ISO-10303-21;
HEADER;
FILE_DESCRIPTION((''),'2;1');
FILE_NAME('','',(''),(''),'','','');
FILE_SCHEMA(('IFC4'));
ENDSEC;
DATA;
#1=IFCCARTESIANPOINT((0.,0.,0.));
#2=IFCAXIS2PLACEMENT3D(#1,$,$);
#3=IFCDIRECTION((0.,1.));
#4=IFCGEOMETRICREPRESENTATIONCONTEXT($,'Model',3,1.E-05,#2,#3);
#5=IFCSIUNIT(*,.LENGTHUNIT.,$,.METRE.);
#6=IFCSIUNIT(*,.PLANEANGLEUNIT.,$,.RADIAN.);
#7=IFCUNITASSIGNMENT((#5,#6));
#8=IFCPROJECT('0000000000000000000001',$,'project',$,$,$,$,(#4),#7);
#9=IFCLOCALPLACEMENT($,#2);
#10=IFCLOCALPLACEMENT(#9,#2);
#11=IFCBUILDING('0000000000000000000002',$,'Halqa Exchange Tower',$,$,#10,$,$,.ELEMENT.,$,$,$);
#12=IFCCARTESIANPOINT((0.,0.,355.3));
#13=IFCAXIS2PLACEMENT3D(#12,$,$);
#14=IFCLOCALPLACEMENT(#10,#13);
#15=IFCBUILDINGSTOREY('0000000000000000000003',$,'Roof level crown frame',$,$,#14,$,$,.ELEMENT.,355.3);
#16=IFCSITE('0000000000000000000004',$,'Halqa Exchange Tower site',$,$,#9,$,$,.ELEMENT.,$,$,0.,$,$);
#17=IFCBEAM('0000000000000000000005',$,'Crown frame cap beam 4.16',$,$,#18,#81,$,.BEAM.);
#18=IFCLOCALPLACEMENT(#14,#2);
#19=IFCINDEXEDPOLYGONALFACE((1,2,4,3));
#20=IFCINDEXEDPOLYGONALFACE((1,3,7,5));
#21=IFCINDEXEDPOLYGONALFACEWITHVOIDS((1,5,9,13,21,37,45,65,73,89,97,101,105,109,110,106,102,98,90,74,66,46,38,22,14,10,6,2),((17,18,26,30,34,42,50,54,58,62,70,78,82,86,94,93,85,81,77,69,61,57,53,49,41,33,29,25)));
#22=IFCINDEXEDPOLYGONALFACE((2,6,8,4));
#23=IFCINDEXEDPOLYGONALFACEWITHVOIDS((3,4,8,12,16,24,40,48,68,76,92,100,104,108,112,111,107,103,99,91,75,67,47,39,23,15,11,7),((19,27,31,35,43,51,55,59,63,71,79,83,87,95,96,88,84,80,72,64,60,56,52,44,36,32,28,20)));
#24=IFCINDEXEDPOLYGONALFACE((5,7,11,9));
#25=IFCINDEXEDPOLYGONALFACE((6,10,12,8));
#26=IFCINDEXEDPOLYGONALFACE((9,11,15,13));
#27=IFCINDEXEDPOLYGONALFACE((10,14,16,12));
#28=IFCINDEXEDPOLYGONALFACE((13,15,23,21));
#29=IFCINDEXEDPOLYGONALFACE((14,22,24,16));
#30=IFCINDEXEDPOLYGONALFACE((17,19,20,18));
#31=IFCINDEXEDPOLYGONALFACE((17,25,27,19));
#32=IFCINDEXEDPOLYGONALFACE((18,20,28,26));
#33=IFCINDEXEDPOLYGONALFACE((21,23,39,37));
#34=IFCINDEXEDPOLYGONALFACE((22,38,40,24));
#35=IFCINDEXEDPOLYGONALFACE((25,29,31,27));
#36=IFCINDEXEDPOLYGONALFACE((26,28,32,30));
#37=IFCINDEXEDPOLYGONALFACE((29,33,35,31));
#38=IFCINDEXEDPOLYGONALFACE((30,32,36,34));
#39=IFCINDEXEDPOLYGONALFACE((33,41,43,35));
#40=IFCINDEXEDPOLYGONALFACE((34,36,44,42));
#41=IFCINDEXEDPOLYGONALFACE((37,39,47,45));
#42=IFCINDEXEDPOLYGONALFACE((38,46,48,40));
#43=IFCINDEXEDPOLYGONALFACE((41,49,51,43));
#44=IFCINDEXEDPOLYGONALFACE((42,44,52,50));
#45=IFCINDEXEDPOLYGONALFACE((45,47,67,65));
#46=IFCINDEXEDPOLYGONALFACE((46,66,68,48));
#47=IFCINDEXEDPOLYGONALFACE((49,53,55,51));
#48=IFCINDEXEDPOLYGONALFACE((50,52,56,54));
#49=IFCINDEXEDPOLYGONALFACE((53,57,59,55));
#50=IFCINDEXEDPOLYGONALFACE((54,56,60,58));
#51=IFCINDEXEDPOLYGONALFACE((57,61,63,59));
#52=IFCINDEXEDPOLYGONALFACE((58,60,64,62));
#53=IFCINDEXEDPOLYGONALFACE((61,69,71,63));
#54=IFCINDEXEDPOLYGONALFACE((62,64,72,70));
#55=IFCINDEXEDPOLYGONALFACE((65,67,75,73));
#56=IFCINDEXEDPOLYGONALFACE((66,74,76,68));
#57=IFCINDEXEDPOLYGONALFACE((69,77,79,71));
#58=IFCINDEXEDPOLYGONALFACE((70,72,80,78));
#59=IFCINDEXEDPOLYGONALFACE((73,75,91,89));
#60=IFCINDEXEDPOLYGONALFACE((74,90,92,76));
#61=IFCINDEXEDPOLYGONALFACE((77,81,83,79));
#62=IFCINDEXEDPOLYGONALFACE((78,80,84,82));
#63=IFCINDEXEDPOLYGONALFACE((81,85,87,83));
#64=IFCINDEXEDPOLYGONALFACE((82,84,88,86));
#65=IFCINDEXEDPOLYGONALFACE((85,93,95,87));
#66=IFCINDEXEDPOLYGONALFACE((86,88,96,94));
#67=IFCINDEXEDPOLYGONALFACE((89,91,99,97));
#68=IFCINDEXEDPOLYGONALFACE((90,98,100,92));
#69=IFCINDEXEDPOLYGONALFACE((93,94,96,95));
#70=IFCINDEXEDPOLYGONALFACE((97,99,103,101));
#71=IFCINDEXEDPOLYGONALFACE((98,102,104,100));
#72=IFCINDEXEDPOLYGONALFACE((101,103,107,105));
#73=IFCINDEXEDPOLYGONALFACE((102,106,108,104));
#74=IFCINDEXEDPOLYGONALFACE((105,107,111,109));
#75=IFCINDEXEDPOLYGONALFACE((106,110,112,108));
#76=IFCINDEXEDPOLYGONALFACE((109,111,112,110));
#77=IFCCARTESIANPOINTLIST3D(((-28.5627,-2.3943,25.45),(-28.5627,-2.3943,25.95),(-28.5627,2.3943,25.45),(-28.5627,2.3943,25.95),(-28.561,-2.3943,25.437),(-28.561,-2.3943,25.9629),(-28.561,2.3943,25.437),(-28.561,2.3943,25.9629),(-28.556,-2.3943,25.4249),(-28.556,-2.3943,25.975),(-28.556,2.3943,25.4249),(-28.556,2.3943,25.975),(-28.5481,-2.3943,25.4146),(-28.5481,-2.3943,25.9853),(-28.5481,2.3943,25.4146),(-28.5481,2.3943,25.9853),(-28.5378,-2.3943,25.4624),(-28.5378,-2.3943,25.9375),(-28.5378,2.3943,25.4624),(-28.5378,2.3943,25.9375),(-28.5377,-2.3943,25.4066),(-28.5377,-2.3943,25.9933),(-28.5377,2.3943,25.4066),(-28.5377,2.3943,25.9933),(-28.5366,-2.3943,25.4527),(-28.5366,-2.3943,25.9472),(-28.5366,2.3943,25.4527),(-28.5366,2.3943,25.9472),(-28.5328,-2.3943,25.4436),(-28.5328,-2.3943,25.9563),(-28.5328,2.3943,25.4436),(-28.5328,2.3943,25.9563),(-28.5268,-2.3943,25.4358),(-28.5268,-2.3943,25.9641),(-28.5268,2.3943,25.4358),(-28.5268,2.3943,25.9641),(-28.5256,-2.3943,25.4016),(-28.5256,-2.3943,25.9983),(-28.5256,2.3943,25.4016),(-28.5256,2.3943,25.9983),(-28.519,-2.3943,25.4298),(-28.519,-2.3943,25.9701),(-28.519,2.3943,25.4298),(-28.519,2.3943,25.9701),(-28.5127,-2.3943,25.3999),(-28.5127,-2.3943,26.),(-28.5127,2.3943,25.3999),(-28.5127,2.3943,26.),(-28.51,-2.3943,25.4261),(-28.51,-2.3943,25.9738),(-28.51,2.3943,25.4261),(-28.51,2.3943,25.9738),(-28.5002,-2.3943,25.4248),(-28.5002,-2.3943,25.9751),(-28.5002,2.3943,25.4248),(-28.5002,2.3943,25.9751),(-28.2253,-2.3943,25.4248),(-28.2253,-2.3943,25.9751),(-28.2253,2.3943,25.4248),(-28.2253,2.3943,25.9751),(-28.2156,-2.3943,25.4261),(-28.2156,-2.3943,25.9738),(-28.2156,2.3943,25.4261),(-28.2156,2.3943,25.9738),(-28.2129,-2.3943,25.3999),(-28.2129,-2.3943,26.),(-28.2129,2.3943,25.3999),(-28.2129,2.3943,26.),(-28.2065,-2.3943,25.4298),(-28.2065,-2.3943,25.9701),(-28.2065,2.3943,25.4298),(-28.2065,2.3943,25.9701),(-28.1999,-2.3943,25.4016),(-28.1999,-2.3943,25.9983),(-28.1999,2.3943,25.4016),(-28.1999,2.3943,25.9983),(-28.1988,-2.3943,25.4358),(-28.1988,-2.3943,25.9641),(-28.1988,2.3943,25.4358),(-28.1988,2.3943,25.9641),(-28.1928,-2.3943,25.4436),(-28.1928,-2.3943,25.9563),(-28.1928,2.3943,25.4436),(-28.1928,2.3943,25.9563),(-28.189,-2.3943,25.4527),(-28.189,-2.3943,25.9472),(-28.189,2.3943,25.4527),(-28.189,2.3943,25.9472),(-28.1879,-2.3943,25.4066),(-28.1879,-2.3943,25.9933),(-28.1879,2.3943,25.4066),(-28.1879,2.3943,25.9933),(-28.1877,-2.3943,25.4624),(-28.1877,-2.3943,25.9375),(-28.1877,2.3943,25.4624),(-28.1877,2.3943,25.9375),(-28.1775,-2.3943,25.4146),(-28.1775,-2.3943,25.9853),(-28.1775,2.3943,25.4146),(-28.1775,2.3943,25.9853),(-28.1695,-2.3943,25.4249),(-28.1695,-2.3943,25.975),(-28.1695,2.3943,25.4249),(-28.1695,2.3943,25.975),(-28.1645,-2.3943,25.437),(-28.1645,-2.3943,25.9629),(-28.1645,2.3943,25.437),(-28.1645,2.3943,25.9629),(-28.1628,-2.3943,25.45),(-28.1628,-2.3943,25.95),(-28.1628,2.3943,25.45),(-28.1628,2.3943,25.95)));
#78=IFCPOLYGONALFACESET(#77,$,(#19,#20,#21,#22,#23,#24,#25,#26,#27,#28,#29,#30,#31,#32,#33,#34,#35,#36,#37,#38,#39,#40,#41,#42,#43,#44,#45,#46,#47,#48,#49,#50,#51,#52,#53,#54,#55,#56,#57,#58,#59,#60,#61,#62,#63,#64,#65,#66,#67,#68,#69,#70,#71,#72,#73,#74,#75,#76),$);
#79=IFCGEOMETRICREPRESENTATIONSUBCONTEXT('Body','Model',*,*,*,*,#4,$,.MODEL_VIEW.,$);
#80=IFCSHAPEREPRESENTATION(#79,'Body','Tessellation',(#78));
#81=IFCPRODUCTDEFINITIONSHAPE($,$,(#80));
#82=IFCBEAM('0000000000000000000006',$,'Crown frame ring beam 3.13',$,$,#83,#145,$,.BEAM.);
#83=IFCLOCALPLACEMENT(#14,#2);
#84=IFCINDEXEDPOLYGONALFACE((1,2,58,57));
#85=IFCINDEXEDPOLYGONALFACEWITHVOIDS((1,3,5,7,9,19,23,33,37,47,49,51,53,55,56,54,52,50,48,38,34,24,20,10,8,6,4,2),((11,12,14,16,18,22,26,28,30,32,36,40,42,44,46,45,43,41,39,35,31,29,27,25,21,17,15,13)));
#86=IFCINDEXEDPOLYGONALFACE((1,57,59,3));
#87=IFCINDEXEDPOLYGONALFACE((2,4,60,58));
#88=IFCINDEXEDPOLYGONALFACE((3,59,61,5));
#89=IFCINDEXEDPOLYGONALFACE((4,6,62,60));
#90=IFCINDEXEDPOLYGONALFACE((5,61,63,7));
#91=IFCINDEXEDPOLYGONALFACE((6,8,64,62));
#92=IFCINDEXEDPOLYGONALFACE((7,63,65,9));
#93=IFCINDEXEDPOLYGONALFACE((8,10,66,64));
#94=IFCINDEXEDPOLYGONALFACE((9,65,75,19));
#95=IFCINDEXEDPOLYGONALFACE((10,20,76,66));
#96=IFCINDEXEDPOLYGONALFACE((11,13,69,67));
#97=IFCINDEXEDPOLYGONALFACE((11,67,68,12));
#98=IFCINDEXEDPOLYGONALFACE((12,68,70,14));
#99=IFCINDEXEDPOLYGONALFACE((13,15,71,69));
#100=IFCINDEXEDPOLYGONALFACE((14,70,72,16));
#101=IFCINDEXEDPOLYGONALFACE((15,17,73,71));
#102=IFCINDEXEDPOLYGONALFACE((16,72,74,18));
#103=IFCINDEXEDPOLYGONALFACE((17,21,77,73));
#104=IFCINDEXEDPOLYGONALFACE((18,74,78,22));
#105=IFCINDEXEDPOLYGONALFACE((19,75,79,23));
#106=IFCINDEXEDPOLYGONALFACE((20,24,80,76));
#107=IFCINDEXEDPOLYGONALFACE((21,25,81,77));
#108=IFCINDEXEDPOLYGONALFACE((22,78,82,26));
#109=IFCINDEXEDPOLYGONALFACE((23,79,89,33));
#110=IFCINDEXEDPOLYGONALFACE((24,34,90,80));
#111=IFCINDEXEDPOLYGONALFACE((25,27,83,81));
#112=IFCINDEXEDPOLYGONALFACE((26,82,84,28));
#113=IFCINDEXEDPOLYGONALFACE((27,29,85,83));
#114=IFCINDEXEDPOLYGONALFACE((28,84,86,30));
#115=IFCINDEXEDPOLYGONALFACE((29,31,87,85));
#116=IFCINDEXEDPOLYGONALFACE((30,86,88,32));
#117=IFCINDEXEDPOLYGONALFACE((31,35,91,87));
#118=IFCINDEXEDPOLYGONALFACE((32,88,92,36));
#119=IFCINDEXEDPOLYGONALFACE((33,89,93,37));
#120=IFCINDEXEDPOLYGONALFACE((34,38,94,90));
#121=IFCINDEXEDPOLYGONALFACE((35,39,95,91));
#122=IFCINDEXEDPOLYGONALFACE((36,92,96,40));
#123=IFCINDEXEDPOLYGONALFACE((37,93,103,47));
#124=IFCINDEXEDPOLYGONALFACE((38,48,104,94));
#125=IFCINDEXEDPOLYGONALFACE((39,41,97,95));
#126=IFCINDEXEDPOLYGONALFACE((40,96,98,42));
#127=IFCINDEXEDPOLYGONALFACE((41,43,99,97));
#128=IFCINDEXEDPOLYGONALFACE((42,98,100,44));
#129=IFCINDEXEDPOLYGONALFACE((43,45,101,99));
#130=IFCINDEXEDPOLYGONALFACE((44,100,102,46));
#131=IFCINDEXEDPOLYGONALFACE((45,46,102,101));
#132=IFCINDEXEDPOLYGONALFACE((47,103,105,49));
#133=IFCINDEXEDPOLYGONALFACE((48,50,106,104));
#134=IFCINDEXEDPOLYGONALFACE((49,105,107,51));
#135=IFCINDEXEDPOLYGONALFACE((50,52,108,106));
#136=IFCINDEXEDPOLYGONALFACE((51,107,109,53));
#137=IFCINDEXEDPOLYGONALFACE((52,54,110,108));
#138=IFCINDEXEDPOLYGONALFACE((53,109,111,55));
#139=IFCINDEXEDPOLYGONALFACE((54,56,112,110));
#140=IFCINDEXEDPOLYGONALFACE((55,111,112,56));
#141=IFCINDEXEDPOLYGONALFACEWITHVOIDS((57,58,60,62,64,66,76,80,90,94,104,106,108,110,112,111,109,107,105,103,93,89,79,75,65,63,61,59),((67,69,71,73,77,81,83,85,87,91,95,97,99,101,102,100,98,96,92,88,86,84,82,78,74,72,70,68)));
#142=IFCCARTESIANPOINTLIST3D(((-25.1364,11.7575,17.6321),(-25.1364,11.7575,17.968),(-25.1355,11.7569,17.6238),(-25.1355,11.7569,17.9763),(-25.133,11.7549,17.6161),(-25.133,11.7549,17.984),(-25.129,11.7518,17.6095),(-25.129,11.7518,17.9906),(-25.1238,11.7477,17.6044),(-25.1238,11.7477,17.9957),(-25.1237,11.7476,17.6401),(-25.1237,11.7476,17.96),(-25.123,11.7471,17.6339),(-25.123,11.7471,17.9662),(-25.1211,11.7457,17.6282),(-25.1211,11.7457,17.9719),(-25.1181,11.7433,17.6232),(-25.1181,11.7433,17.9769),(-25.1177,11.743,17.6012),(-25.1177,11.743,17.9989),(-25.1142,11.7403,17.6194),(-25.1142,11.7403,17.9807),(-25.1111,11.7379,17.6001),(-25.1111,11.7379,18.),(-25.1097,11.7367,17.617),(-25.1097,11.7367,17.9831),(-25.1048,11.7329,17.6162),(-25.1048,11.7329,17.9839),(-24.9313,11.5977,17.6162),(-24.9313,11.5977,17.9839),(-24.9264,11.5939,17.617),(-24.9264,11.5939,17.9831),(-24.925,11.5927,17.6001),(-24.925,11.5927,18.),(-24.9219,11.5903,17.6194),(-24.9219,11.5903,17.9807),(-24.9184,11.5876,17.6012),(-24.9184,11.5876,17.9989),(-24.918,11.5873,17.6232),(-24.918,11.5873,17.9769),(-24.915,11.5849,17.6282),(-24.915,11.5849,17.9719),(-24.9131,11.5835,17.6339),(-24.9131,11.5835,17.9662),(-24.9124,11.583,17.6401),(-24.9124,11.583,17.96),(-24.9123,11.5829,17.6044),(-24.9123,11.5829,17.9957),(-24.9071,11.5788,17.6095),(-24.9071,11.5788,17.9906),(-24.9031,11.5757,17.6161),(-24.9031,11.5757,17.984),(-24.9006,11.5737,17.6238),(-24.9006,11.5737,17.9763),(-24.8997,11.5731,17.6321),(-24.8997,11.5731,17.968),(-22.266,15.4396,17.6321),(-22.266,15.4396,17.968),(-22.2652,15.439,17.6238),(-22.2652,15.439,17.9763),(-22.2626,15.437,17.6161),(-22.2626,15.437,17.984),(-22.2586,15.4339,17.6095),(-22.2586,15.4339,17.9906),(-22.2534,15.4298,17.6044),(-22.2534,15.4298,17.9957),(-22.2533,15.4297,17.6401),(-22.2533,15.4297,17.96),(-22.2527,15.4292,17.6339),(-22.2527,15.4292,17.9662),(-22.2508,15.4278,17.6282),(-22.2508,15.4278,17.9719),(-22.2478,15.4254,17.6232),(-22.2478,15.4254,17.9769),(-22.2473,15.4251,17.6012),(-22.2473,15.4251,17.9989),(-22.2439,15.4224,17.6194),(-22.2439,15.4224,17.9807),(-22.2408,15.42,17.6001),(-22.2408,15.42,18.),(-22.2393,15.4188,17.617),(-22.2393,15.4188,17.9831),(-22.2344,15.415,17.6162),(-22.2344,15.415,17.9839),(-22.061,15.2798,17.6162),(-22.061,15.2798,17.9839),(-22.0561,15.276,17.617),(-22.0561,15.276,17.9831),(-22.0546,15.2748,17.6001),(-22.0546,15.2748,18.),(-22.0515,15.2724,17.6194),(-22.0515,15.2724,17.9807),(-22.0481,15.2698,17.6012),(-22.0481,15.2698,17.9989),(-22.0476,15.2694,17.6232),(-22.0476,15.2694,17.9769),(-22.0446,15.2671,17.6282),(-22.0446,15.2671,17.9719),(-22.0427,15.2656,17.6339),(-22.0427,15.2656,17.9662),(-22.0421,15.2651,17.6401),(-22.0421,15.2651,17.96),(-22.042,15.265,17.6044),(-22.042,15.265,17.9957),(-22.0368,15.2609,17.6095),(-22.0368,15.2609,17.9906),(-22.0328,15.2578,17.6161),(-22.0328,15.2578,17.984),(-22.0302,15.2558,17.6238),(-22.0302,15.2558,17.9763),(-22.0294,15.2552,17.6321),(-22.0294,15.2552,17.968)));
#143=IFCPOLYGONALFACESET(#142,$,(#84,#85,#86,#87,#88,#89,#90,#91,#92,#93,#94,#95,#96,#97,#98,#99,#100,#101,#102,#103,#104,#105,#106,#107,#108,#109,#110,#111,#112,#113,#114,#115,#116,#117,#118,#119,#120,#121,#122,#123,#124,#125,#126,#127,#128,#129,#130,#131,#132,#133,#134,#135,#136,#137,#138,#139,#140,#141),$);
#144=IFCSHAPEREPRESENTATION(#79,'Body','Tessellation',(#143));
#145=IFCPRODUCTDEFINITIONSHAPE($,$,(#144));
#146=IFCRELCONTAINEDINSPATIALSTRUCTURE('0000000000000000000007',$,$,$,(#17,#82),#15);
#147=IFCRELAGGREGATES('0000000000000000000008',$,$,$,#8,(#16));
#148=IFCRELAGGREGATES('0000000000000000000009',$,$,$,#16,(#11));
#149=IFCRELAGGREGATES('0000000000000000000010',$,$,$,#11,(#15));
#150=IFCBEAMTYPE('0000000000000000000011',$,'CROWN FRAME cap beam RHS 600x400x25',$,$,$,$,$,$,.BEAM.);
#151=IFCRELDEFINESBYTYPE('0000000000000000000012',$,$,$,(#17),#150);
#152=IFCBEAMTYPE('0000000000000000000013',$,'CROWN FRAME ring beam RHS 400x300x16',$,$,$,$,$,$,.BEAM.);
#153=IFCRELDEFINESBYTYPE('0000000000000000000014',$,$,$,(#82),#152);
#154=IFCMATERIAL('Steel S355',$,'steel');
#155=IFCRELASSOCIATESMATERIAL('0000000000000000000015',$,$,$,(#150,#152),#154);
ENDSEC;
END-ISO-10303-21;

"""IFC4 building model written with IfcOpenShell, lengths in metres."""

from ifc_helpers import new_model, si_unit, direction, frame, origin, origin_2d, place, context, subcontext, project, spatial, hollow_rectangle, extrude, material, material_profile, profile_set, type_object, element, save


model = new_model("IFC4")

# Units and contexts
model_context = context("Model", 3, precision=1e-05, world=origin(), true_north=direction((0.0, 1.0)))
body_context = subcontext(model_context, "Body", "Model", "MODEL_VIEW")
ifc_project = project(units=[si_unit("LENGTHUNIT", "METRE"), si_unit("PLANEANGLEUNIT", "RADIAN")], contexts=[model_context])

# Site, building, storey
site_placement = place(None, origin())
site = spatial("IfcSite", under=ifc_project, at=site_placement, Name="Halqa Exchange Tower site", CompositionType="ELEMENT", RefElevation=0.0)
building_placement = place(site_placement, origin())
building = spatial("IfcBuilding", under=site, at=building_placement, Name="Halqa Exchange Tower", CompositionType="ELEMENT")
storey_placement = place(building_placement, frame((0.0, 0.0, 355.3)))
storey = spatial("IfcBuildingStorey", under=building, at=storey_placement, Name="Roof level crown frame", CompositionType="ELEMENT", Elevation=355.3)

# Shared definitions
ifc_material_1 = material(Name="Steel S355", Category="steel")

# Beams
ifc_material_profile_1 = material_profile(ifc_material_1, hollow_rectangle(XDim=0.3999, YDim=0.6001, WallThickness=0.0249, InnerFilletRadius=0.0376, OuterFilletRadius=0.05, at=origin_2d()), Name="RHS 600x400x25")
ifc_profile_set_1 = profile_set([ifc_material_profile_1], Name="Steel S355")
beam_type_1 = type_object("IfcBeamType", Name="CROWN FRAME cap beam RHS 600x400x25", PredefinedType="BEAM", material=ifc_profile_set_1)
beam_1_placement = place(storey_placement, frame((-28.3628, 2.3943, 25.7), z_axis=(0.0, -1.0, 0.0), x_axis=(1.0, 0.0, 0.0)))
element("IfcBeam", 1, at=beam_1_placement, inside=storey, type_object=beam_type_1, Name="Crown frame cap beam 4.16", PredefinedType="BEAM", context=body_context, shape_type="SweptSolid", body=[
    extrude(hollow_rectangle(XDim=0.3999, YDim=0.6001, WallThickness=0.0249, InnerFilletRadius=0.0376, OuterFilletRadius=0.05, at=origin_2d()), origin(), (0.0, 0.0, 1.0), 4.7886),
])
ifc_material_profile_2 = material_profile(ifc_material_1, hollow_rectangle(XDim=0.3, YDim=0.3999, WallThickness=0.0161, InnerFilletRadius=0.0239, OuterFilletRadius=0.032, at=origin_2d()), Name="RHS 400x300x16")
ifc_profile_set_2 = profile_set([ifc_material_profile_2], Name="Steel S355")
beam_type_2 = type_object("IfcBeamType", Name="CROWN FRAME ring beam RHS 400x300x16", PredefinedType="BEAM", material=ifc_profile_set_2)
beam_2_placement = place(storey_placement, frame((-22.1477, 15.3474, 17.8), z_axis=(-0.614805, -0.788679, 0.0), x_axis=(0.788679, -0.614805, 0.0)))
element("IfcBeam", 2, at=beam_2_placement, inside=storey, type_object=beam_type_2, Name="Crown frame ring beam 3.13", PredefinedType="BEAM", context=body_context, shape_type="SweptSolid", body=[
    extrude(hollow_rectangle(XDim=0.3, YDim=0.3999, WallThickness=0.0161, InnerFilletRadius=0.0239, OuterFilletRadius=0.032, at=origin_2d()), origin(), (0.0, 0.0, 1.0), 4.6687),
])

save(model, "model.ifc")
